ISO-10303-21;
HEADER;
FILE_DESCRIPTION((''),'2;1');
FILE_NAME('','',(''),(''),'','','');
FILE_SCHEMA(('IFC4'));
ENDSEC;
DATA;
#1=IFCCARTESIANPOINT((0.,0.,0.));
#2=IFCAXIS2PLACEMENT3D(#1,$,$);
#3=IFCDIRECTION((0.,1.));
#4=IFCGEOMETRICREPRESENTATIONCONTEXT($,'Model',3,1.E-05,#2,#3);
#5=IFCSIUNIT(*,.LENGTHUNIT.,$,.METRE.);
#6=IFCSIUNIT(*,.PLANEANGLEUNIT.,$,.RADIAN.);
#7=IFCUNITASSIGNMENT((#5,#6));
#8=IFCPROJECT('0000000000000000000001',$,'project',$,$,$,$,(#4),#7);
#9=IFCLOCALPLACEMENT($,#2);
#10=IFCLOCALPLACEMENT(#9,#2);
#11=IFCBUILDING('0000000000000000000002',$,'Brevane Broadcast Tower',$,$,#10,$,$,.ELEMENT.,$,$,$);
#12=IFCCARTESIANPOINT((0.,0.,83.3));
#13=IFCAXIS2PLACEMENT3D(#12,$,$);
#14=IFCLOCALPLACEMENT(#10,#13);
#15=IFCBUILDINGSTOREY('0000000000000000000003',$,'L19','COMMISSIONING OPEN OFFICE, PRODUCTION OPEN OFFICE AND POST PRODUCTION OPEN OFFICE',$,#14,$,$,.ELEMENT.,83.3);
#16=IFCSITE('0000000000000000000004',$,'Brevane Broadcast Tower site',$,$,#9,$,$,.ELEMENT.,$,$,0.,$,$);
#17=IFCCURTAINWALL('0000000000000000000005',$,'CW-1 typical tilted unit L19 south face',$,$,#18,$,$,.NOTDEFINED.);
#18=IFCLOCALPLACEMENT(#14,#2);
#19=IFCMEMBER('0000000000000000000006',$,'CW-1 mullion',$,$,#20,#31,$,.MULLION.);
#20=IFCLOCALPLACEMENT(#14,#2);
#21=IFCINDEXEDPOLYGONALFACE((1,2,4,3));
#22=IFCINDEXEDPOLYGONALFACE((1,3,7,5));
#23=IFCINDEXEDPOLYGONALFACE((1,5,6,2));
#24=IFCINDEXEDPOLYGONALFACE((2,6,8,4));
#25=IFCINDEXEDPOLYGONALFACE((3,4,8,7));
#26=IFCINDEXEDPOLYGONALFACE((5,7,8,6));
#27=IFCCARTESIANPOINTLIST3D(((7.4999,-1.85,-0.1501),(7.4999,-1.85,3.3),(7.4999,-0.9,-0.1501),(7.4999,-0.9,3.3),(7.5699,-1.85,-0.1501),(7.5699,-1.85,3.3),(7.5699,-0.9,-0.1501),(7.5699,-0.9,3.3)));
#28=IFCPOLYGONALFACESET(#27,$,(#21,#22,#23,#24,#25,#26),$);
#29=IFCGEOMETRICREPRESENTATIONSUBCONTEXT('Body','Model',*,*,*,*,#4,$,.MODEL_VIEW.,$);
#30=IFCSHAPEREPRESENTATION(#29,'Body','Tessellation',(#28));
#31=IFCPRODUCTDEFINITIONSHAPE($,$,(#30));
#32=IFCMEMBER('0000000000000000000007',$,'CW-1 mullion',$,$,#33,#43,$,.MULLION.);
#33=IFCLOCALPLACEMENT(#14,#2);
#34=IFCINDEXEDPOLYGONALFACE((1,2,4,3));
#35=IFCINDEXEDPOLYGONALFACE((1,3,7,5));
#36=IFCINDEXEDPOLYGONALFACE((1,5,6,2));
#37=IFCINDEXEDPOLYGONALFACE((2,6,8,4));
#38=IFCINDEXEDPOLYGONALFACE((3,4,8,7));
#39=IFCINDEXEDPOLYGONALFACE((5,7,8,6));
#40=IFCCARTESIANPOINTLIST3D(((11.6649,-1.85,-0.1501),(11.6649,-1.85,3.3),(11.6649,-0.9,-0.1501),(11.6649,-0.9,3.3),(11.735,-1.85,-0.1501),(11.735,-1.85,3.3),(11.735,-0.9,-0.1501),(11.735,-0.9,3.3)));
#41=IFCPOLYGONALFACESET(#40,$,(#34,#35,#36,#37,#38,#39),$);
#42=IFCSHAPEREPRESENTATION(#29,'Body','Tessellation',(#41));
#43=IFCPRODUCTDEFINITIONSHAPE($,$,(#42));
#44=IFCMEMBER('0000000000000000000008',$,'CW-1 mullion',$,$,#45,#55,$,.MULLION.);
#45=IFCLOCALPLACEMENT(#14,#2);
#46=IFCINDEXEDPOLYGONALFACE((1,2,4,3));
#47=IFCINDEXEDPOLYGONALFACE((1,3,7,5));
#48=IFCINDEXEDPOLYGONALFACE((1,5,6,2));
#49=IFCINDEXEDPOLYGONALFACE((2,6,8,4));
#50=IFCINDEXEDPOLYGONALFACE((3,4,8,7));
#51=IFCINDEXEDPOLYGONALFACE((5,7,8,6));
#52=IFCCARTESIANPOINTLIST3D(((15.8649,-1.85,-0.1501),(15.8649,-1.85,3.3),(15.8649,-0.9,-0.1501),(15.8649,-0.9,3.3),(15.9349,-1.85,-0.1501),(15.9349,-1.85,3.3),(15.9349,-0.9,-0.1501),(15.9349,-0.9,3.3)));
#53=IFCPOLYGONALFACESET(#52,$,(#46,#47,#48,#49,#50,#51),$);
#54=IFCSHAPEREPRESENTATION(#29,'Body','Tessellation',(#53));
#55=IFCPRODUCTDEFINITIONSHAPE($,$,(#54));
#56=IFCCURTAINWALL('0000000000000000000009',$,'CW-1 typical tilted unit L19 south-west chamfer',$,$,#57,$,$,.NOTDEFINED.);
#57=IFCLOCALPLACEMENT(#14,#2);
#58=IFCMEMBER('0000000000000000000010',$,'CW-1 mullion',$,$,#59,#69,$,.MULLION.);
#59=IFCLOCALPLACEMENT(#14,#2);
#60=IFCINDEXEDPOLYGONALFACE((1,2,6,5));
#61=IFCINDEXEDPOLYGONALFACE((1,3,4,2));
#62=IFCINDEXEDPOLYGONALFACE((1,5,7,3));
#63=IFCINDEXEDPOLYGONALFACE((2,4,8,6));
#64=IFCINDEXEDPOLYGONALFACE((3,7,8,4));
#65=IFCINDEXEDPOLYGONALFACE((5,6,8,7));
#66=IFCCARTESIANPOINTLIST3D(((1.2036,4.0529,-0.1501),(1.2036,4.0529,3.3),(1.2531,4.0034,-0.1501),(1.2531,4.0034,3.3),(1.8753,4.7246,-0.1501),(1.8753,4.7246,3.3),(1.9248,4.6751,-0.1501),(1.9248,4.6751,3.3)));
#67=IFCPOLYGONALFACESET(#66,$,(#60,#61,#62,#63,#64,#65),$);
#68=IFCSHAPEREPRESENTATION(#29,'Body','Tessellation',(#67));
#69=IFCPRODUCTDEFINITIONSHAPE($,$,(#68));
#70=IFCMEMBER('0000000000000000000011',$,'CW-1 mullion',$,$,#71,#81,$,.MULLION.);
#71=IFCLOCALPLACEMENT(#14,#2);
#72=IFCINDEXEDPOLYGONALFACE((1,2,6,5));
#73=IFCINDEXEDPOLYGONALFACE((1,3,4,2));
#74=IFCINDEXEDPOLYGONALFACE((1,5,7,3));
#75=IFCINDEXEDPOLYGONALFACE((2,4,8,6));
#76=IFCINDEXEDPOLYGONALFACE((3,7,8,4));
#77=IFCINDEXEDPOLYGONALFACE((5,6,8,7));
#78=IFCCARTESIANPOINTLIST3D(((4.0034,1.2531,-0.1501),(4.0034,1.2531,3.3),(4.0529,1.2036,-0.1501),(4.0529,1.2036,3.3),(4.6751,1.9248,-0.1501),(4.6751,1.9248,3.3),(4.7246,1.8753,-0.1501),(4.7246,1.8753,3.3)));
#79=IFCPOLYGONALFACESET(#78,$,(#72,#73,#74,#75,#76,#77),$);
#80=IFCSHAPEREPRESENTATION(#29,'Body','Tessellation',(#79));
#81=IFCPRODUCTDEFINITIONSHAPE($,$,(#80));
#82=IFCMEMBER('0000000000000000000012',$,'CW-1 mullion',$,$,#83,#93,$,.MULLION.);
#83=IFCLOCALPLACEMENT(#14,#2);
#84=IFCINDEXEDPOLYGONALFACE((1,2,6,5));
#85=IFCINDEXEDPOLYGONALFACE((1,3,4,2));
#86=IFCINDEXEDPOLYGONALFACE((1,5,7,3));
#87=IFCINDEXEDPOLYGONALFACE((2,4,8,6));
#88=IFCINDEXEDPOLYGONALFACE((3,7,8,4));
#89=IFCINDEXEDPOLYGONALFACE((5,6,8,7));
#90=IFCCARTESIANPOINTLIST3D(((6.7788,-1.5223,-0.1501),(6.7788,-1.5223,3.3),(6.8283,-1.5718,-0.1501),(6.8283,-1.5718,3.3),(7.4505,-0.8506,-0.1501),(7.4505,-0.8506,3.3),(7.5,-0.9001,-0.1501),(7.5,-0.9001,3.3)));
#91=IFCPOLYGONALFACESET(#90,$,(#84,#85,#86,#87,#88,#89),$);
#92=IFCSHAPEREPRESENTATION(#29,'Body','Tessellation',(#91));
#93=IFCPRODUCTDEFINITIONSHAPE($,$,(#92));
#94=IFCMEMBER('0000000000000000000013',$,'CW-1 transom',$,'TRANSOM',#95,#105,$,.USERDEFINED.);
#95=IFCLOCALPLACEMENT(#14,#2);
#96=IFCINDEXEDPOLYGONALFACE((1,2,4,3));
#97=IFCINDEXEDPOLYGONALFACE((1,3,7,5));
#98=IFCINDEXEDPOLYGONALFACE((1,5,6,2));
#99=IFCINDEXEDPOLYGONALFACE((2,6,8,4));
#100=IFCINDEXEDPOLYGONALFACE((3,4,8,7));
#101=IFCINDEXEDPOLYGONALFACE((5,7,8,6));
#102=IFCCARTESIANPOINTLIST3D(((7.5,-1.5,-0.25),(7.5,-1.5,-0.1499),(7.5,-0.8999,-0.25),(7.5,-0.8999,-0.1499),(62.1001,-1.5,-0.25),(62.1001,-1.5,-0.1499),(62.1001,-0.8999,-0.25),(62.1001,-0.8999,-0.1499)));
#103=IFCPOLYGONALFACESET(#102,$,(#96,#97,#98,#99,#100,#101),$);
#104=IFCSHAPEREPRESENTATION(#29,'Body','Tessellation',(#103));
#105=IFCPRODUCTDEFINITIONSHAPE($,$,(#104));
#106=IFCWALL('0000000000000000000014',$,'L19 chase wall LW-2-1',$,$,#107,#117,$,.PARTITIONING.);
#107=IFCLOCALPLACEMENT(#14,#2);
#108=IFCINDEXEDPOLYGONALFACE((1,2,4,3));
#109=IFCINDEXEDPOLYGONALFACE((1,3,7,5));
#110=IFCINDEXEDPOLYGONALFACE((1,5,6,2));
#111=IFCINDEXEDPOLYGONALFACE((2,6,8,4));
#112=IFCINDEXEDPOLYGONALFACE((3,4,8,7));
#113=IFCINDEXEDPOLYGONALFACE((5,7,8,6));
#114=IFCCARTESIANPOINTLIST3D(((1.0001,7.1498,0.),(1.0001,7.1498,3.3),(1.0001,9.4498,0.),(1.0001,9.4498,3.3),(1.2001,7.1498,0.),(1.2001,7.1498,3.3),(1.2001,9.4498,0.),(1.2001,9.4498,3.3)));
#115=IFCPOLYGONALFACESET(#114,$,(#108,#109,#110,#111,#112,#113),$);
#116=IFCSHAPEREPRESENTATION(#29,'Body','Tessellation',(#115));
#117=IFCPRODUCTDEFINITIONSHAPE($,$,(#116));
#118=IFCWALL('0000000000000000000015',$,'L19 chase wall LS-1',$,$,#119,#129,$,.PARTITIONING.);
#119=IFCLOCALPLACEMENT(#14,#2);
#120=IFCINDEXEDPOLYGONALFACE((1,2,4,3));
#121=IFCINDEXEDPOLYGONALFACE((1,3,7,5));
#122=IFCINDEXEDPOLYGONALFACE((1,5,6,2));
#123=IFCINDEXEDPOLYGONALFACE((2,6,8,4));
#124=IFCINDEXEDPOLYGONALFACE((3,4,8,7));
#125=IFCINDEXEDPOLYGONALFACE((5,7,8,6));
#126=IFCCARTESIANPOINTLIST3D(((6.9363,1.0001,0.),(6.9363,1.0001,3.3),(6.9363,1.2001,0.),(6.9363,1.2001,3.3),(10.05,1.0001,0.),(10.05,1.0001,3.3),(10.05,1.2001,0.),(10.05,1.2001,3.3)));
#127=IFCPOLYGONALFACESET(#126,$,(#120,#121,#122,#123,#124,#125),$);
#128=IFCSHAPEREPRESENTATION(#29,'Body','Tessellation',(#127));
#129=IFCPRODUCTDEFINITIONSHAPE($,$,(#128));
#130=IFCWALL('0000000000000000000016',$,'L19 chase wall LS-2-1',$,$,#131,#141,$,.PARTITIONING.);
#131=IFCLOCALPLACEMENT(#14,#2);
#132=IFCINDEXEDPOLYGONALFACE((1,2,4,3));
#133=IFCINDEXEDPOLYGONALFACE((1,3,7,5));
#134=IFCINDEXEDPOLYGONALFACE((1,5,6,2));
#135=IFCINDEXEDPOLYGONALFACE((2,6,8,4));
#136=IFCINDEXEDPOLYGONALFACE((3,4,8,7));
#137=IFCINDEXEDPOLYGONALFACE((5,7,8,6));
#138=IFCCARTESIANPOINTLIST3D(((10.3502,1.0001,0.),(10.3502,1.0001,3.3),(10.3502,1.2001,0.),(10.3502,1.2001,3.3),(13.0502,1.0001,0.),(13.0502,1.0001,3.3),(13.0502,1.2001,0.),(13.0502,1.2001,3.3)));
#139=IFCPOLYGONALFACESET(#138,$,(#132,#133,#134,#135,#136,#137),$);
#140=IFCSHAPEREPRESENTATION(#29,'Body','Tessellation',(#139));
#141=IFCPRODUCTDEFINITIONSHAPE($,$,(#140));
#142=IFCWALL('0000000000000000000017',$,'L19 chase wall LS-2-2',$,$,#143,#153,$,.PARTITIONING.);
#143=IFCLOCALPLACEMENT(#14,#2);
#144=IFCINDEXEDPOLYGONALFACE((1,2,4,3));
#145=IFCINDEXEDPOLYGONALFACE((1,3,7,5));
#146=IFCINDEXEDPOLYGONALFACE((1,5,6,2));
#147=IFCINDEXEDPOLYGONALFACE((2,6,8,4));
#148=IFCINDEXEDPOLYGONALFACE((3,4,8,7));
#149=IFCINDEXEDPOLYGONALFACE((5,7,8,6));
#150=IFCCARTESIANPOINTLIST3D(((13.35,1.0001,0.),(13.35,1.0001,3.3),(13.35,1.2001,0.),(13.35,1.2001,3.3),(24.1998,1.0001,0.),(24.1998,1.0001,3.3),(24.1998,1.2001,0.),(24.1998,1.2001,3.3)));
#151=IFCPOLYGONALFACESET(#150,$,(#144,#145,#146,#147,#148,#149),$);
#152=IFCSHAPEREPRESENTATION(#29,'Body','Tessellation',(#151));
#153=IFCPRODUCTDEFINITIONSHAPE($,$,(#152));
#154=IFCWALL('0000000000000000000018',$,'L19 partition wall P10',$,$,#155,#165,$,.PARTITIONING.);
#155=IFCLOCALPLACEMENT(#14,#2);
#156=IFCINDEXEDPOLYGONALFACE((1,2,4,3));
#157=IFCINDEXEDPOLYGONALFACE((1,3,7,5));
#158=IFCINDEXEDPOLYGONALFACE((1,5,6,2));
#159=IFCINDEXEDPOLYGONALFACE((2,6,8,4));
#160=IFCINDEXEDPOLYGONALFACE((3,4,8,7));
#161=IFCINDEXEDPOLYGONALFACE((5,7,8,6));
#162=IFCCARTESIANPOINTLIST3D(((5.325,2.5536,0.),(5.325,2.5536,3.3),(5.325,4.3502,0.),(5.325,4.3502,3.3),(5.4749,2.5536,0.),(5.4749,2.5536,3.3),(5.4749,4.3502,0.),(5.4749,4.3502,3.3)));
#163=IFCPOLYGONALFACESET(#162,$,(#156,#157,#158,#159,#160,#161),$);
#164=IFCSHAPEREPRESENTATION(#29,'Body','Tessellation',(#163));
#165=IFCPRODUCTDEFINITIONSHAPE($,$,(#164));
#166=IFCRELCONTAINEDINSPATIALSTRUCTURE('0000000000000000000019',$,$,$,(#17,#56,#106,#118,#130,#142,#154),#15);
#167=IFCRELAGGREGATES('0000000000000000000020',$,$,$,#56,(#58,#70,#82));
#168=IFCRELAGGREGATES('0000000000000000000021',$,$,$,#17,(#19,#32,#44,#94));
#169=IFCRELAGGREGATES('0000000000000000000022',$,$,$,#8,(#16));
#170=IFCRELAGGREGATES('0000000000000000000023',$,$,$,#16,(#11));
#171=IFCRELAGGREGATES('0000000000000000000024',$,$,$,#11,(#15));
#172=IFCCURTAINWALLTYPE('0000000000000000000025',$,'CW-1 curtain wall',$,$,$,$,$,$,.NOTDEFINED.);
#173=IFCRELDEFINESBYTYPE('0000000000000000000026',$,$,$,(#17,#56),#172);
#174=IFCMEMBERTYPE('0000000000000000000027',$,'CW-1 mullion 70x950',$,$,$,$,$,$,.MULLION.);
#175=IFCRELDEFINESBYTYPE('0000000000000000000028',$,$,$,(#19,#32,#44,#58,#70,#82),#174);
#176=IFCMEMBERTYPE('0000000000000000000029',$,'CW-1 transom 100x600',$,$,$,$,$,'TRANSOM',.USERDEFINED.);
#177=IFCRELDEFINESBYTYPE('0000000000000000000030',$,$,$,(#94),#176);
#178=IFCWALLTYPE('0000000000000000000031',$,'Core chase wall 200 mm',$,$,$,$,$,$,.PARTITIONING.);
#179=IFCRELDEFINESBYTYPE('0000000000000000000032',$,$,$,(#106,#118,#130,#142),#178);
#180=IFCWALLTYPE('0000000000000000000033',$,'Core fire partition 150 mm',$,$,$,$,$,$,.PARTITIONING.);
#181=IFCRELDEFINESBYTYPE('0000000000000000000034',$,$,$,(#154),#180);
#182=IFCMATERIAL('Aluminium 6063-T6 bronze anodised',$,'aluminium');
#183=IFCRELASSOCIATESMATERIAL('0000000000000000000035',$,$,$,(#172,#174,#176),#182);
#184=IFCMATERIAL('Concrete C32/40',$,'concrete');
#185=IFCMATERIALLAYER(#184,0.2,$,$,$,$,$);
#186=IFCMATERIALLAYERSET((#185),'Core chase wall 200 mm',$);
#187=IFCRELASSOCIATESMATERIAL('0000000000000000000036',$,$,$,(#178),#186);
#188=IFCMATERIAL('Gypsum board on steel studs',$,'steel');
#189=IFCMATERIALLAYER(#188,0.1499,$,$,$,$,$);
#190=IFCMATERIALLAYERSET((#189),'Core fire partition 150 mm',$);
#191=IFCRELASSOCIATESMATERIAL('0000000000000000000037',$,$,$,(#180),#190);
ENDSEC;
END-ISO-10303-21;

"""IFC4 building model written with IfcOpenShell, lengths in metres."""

from ifc_helpers import new_model, si_unit, direction, frame, frame_2d, origin, origin_2d, place, context, subcontext, project, spatial, rectangle, extrude, material, layer, layer_set, material_profile, profile_set, type_object, element, aggregate, save


model = new_model("IFC4")

# Units and contexts
model_context = context("Model", 3, precision=1e-05, world=origin(), true_north=direction((0.0, 1.0)))
body_context = subcontext(model_context, "Body", "Model", "MODEL_VIEW")
ifc_project = project(units=[si_unit("LENGTHUNIT", "METRE"), si_unit("PLANEANGLEUNIT", "RADIAN")], contexts=[model_context])

# Site, building, storey
site_placement = place(None, origin())
site = spatial("IfcSite", under=ifc_project, at=site_placement, Name="Brevane Broadcast Tower site", CompositionType="ELEMENT", RefElevation=0.0)
building_placement = place(site_placement, origin())
building = spatial("IfcBuilding", under=site, at=building_placement, Name="Brevane Broadcast Tower", CompositionType="ELEMENT")
storey_placement = place(building_placement, frame((0.0, 0.0, 83.3)))
storey = spatial("IfcBuildingStorey", under=building, at=storey_placement, Name="L19", Description="COMMISSIONING OPEN OFFICE, PRODUCTION OPEN OFFICE AND POST PRODUCTION OPEN OFFICE", CompositionType="ELEMENT", Elevation=83.3)

# Curtain walls, members
ifc_material_1 = material(Name="Aluminium 6063-T6 bronze anodised", Category="aluminium")
curtain_wall_type = type_object("IfcCurtainWallType", Name="CW-1 curtain wall", PredefinedType="NOTDEFINED", material=ifc_material_1)
curtain_wall_1_placement = place(storey_placement, origin())
curtain_wall_1 = element("IfcCurtainWall", 1, at=curtain_wall_1_placement, inside=storey, type_object=curtain_wall_type, Name="CW-1 typical tilted unit L19 south face", PredefinedType="NOTDEFINED")
ifc_material_profile_1 = material_profile(ifc_material_1, rectangle(XDim=0.95, YDim=0.0701, at=origin_2d()), Name="RECT 70x950")
ifc_profile_set_1 = profile_set([ifc_material_profile_1], Name="Aluminium 6063-T6 bronze anodised")
member_type_1 = type_object("IfcMemberType", Name="CW-1 mullion 70x950", PredefinedType="MULLION", material=ifc_profile_set_1)
member_1_placement = place(storey_placement, frame((7.5349, -1.375, -0.1501), z_axis=(0.0, 0.0, 1.0), x_axis=(0.0, 1.0, 0.0)))
member_1 = element("IfcMember", 2, at=member_1_placement, type_object=member_type_1, Name="CW-1 mullion", PredefinedType="MULLION", context=body_context, shape_type="SweptSolid", body=[
    extrude(rectangle(XDim=0.95, YDim=0.0701, at=origin_2d()), origin(), (0.0, 0.0, 1.0), 3.4502),
])
member_2_placement = place(storey_placement, frame((11.7, -1.375, -0.1501), z_axis=(0.0, 0.0, 1.0), x_axis=(0.0, 1.0, 0.0)))
member_2 = element("IfcMember", 3, at=member_2_placement, type_object=member_type_1, Name="CW-1 mullion", PredefinedType="MULLION", context=body_context, shape_type="SweptSolid", body=[
    extrude(rectangle(XDim=0.95, YDim=0.0701, at=origin_2d()), origin(), (0.0, 0.0, 1.0), 3.4502),
])
member_3_placement = place(storey_placement, frame((15.8999, -1.375, -0.1501), z_axis=(0.0, 0.0, 1.0), x_axis=(0.0, 1.0, 0.0)))
member_3 = element("IfcMember", 4, at=member_3_placement, type_object=member_type_1, Name="CW-1 mullion", PredefinedType="MULLION", context=body_context, shape_type="SweptSolid", body=[
    extrude(rectangle(XDim=0.95, YDim=0.0701, at=origin_2d()), origin(), (0.0, 0.0, 1.0), 3.4502),
])
curtain_wall_2_placement = place(storey_placement, origin())
curtain_wall_2 = element("IfcCurtainWall", 5, at=curtain_wall_2_placement, inside=storey, type_object=curtain_wall_type, Name="CW-1 typical tilted unit L19 south-west chamfer", PredefinedType="NOTDEFINED")
member_4_placement = place(storey_placement, frame((1.5642, 4.364, -0.1501), z_axis=(0.0, 0.0, 1.0), x_axis=(0.707107, 0.707107, 0.0)))
member_4 = element("IfcMember", 6, at=member_4_placement, type_object=member_type_1, Name="CW-1 mullion", PredefinedType="MULLION", context=body_context, shape_type="SweptSolid", body=[
    extrude(rectangle(XDim=0.95, YDim=0.0701, at=origin_2d()), origin(), (0.0, 0.0, 1.0), 3.4502),
])
member_5_placement = place(storey_placement, frame((4.364, 1.5642, -0.1501), z_axis=(0.0, 0.0, 1.0), x_axis=(0.707107, 0.707107, 0.0)))
member_5 = element("IfcMember", 7, at=member_5_placement, type_object=member_type_1, Name="CW-1 mullion", PredefinedType="MULLION", context=body_context, shape_type="SweptSolid", body=[
    extrude(rectangle(XDim=0.95, YDim=0.0701, at=origin_2d()), origin(), (0.0, 0.0, 1.0), 3.4502),
])
member_6_placement = place(storey_placement, frame((7.1394, -1.2112, -0.1501), z_axis=(0.0, 0.0, 1.0), x_axis=(0.707107, 0.707107, 0.0)))
member_6 = element("IfcMember", 8, at=member_6_placement, type_object=member_type_1, Name="CW-1 mullion", PredefinedType="MULLION", context=body_context, shape_type="SweptSolid", body=[
    extrude(rectangle(XDim=0.95, YDim=0.0701, at=origin_2d()), origin(), (0.0, 0.0, 1.0), 3.4502),
])
aggregate(curtain_wall_2, [member_4, member_5, member_6])

# Member
ifc_material_profile_2 = material_profile(ifc_material_1, rectangle(XDim=0.6001, YDim=0.1001, at=origin_2d()), Name="RECT 100x600")
ifc_profile_set_2 = profile_set([ifc_material_profile_2], Name="Aluminium 6063-T6 bronze anodised")
member_type_2 = type_object("IfcMemberType", Name="CW-1 transom 100x600", ElementType="TRANSOM", PredefinedType="USERDEFINED", material=ifc_profile_set_2)
member_7_placement = place(storey_placement, frame((7.5, -1.2, -0.2), z_axis=(1.0, 0.0, 0.0), x_axis=(0.0, 1.0, 0.0)))
member_7 = element("IfcMember", 9, at=member_7_placement, type_object=member_type_2, Name="CW-1 transom", ObjectType="TRANSOM", PredefinedType="USERDEFINED", context=body_context, shape_type="SweptSolid", body=[
    extrude(rectangle(XDim=0.6001, YDim=0.1001, at=origin_2d()), origin(), (0.0, 0.0, 1.0), 54.6001),
])
aggregate(curtain_wall_1, [member_1, member_2, member_3, member_7])

# Walls
ifc_material_2 = material(Name="Concrete C32/40", Category="concrete")
ifc_layer_1 = layer(ifc_material_2, 0.2)
ifc_layer_set_1 = layer_set([ifc_layer_1], Name="Core chase wall 200 mm")
wall_type_1 = type_object("IfcWallType", Name="Core chase wall 200 mm", PredefinedType="PARTITIONING", material=ifc_layer_set_1)
wall_1_placement = place(storey_placement, frame((1.1001, 7.1499, 0.0), z_axis=(0.0, 0.0, 1.0), x_axis=(0.0, 1.0, 0.0)))
element("IfcWall", 10, at=wall_1_placement, inside=storey, type_object=wall_type_1, Name="L19 chase wall LW-2-1", PredefinedType="PARTITIONING", context=body_context, shape_type="SweptSolid", body=[
    extrude(rectangle(XDim=2.3, YDim=0.2, at=frame_2d((1.1499, 0.0))), origin(), (0.0, 0.0, 1.0), 3.3),
])
wall_2_placement = place(storey_placement, frame((6.9363, 1.1001, 0.0), z_axis=(0.0, 0.0, 1.0), x_axis=(1.0, 0.0, 0.0)))
element("IfcWall", 11, at=wall_2_placement, inside=storey, type_object=wall_type_1, Name="L19 chase wall LS-1", PredefinedType="PARTITIONING", context=body_context, shape_type="SweptSolid", body=[
    extrude(rectangle(XDim=3.1138, YDim=0.2, at=frame_2d((1.5569, 0.0))), origin(), (0.0, 0.0, 1.0), 3.3),
])
wall_3_placement = place(storey_placement, frame((10.3501, 1.1001, 0.0), z_axis=(0.0, 0.0, 1.0), x_axis=(1.0, 0.0, 0.0)))
element("IfcWall", 12, at=wall_3_placement, inside=storey, type_object=wall_type_1, Name="L19 chase wall LS-2-1", PredefinedType="PARTITIONING", context=body_context, shape_type="SweptSolid", body=[
    extrude(rectangle(XDim=2.7, YDim=0.2, at=frame_2d((1.3501, 0.0))), origin(), (0.0, 0.0, 1.0), 3.3),
])
wall_4_placement = place(storey_placement, frame((13.3501, 1.1001, 0.0), z_axis=(0.0, 0.0, 1.0), x_axis=(1.0, 0.0, 0.0)))
element("IfcWall", 13, at=wall_4_placement, inside=storey, type_object=wall_type_1, Name="L19 chase wall LS-2-2", PredefinedType="PARTITIONING", context=body_context, shape_type="SweptSolid", body=[
    extrude(rectangle(XDim=10.8499, YDim=0.2, at=frame_2d((5.4248, 0.0))), origin(), (0.0, 0.0, 1.0), 3.3),
])
ifc_material_3 = material(Name="Gypsum board on steel studs", Category="steel")
ifc_layer_2 = layer(ifc_material_3, 0.1499)
ifc_layer_set_2 = layer_set([ifc_layer_2], Name="Core fire partition 150 mm")
wall_type_2 = type_object("IfcWallType", Name="Core fire partition 150 mm", PredefinedType="PARTITIONING", material=ifc_layer_set_2)
wall_5_placement = place(storey_placement, frame((5.3999, 2.5535, 0.0), z_axis=(0.0, 0.0, 1.0), x_axis=(0.0, 1.0, 0.0)))
element("IfcWall", 14, at=wall_5_placement, inside=storey, type_object=wall_type_2, Name="L19 partition wall P10", PredefinedType="PARTITIONING", context=body_context, shape_type="SweptSolid", body=[
    extrude(rectangle(XDim=1.7966, YDim=0.1499, at=frame_2d((0.8984, 0.0))), origin(), (0.0, 0.0, 1.0), 3.3),
])

save(model, "model.ifc")
